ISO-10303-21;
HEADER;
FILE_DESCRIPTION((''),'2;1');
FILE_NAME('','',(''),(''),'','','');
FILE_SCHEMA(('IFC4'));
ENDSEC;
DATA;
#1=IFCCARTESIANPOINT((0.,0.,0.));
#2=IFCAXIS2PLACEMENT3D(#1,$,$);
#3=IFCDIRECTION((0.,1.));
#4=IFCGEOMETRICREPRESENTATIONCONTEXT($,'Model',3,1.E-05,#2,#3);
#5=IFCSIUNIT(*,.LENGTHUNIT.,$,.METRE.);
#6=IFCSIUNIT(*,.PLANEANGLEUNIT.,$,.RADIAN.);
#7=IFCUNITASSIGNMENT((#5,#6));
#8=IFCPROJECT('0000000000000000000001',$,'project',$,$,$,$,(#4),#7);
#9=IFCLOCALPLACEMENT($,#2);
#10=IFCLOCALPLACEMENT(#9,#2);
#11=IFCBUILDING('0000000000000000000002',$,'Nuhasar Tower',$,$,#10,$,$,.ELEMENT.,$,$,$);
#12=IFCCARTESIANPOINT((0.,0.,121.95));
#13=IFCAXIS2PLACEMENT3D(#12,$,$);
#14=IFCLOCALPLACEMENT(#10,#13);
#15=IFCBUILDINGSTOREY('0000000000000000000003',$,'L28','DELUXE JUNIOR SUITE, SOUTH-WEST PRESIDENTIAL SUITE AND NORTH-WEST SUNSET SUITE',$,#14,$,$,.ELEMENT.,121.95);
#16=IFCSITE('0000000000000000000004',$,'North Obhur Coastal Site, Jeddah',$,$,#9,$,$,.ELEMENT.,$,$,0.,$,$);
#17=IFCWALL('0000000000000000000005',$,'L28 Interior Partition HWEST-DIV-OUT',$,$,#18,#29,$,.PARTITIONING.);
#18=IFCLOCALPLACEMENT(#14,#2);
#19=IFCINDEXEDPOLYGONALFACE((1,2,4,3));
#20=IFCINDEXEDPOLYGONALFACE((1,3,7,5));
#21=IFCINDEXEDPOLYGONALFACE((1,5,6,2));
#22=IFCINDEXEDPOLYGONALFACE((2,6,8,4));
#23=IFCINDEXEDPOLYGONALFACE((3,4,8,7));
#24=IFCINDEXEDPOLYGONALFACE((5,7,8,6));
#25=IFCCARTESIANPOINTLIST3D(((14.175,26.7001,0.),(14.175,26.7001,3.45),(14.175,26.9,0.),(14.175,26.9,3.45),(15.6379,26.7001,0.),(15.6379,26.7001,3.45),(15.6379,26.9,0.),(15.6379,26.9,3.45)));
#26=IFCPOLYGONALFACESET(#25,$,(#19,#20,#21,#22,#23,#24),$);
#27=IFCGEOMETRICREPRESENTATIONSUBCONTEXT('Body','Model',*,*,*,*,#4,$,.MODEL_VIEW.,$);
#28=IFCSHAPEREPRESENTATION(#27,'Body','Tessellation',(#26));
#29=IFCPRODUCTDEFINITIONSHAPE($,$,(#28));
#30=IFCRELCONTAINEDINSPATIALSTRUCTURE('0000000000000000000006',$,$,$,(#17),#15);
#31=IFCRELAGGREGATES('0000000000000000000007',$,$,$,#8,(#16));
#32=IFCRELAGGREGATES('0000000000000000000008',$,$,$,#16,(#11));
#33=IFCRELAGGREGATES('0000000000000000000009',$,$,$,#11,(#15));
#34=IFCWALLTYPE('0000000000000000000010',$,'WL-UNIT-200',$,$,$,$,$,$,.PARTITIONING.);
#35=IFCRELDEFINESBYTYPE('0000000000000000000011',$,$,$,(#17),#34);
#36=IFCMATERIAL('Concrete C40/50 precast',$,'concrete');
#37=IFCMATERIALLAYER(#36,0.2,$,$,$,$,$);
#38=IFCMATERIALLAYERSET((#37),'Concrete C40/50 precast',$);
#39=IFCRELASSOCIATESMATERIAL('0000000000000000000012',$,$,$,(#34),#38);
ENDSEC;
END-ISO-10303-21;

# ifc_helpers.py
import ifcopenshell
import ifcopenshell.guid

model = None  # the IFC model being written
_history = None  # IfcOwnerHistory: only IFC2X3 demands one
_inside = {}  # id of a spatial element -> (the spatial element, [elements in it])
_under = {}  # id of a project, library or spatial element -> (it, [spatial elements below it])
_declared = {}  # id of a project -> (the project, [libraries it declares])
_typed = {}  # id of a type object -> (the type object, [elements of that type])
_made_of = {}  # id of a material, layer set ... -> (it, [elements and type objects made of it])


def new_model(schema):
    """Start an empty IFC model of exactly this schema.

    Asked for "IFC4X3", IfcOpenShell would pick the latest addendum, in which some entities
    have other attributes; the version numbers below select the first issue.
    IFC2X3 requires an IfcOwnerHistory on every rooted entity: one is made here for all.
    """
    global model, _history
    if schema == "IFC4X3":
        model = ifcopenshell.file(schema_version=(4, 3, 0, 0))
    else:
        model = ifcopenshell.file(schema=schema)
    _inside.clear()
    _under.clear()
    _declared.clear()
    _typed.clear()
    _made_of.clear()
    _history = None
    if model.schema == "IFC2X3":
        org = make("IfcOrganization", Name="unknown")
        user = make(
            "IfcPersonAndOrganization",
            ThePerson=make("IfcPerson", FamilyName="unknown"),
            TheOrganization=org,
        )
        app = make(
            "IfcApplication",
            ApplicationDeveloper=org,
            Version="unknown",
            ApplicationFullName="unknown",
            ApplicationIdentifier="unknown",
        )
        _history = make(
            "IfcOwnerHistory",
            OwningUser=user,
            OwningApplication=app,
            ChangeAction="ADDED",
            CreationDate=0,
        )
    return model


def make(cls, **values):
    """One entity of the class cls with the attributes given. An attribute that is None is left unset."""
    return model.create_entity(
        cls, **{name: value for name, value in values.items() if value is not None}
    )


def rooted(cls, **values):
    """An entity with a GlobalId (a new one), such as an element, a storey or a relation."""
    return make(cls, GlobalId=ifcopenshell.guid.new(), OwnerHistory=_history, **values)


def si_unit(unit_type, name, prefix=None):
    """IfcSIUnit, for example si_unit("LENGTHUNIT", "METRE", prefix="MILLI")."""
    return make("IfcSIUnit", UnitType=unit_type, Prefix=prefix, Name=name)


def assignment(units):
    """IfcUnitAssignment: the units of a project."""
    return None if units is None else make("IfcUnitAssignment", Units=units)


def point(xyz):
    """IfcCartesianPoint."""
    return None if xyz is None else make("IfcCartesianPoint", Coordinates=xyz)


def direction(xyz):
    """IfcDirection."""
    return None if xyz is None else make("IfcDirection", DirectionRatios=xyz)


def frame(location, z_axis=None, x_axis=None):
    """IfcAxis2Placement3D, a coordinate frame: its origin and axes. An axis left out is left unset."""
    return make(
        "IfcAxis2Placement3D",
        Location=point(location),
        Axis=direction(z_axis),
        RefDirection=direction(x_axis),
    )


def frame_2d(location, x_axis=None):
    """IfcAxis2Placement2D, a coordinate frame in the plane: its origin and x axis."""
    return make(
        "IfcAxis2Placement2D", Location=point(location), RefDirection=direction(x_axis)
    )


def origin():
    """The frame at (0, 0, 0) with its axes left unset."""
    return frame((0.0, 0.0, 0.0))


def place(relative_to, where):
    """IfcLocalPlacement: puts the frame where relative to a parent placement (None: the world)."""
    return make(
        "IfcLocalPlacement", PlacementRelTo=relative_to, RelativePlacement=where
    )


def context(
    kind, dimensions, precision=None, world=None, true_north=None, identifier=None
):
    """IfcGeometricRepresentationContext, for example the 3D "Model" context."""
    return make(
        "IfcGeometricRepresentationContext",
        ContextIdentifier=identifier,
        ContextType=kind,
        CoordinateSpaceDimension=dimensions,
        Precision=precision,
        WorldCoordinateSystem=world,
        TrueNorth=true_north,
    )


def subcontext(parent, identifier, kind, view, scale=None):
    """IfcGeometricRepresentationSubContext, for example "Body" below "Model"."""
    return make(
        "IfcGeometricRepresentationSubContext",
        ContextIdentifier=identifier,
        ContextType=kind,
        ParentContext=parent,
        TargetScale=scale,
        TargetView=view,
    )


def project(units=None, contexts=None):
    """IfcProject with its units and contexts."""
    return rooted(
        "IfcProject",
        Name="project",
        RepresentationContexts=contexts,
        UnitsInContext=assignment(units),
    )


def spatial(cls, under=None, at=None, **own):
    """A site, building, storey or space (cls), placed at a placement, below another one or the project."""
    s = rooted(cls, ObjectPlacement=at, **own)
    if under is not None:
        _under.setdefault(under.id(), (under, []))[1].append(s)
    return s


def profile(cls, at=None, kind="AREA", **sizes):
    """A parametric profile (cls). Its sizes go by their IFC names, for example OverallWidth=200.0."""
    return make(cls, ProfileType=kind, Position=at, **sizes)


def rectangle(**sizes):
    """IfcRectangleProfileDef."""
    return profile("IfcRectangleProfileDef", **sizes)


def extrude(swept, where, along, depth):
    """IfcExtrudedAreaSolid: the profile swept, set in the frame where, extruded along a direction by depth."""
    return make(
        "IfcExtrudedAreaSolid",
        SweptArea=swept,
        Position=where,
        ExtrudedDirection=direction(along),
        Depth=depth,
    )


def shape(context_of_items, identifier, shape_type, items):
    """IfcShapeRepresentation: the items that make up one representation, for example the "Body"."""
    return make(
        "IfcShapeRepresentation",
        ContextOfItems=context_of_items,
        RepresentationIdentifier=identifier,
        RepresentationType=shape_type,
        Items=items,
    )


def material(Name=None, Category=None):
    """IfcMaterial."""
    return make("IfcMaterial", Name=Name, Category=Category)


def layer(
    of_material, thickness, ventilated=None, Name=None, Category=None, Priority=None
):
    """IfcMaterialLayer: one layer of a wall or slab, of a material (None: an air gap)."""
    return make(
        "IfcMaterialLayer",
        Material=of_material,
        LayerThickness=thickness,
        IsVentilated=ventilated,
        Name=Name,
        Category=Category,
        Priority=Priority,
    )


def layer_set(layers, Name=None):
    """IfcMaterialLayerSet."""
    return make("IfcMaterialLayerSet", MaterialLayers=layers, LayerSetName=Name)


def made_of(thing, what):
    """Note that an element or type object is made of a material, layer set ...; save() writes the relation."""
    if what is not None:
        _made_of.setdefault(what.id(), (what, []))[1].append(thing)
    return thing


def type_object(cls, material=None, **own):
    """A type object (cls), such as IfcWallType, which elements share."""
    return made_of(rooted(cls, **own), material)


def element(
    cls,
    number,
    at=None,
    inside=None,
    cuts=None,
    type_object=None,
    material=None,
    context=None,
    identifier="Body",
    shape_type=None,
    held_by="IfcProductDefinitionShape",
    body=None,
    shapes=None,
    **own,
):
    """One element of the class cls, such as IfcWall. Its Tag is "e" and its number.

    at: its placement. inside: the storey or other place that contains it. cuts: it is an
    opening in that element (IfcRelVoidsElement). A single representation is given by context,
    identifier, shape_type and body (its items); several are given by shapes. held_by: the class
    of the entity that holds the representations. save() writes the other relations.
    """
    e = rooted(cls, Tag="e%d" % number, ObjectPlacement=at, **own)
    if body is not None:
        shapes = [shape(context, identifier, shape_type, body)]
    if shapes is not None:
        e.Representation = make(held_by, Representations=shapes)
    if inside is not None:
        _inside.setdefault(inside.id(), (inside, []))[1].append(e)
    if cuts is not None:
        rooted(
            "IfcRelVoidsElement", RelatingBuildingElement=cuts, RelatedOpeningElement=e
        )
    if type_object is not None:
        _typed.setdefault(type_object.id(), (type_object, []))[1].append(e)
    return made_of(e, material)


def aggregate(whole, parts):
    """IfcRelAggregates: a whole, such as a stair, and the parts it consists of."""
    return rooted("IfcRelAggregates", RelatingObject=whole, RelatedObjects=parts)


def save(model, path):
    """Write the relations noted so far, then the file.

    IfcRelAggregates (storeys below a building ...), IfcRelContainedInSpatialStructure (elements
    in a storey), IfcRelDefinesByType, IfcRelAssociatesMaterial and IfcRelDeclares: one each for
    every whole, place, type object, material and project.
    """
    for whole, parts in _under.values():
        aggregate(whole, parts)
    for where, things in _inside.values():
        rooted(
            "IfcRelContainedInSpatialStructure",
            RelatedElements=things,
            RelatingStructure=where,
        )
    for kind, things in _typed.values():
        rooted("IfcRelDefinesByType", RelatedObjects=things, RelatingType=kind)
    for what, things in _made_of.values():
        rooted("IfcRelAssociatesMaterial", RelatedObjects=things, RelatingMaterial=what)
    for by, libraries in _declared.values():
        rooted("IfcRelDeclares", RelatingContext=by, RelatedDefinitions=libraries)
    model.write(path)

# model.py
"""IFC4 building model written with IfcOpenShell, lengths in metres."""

from ifc_helpers import new_model, si_unit, direction, frame, frame_2d, origin, place, context, subcontext, project, spatial, rectangle, extrude, material, layer, layer_set, type_object, element, save


model = new_model("IFC4")

# Units and contexts
model_context = context("Model", 3, precision=1e-05, world=origin(), true_north=direction((0.0, 1.0)))
body_context = subcontext(model_context, "Body", "Model", "MODEL_VIEW")
ifc_project = project(units=[si_unit("LENGTHUNIT", "METRE"), si_unit("PLANEANGLEUNIT", "RADIAN")], contexts=[model_context])

# Site, building, storey
site_placement = place(None, origin())
site = spatial("IfcSite", under=ifc_project, at=site_placement, Name="North Obhur Coastal Site, Jeddah", CompositionType="ELEMENT", RefElevation=0.0)
building_placement = place(site_placement, origin())
building = spatial("IfcBuilding", under=site, at=building_placement, Name="Nuhasar Tower", CompositionType="ELEMENT")
storey_placement = place(building_placement, frame((0.0, 0.0, 121.95)))
storey = spatial("IfcBuildingStorey", under=building, at=storey_placement, Name="L28", Description="DELUXE JUNIOR SUITE, SOUTH-WEST PRESIDENTIAL SUITE AND NORTH-WEST SUNSET SUITE", CompositionType="ELEMENT", Elevation=121.95)

# Wall
ifc_material_1 = material(Name="Concrete C40/50 precast", Category="concrete")
ifc_layer_1 = layer(ifc_material_1, 0.2)
ifc_layer_set_1 = layer_set([ifc_layer_1], Name="Concrete C40/50 precast")
wall_type = type_object("IfcWallType", Name="WL-UNIT-200", PredefinedType="PARTITIONING", material=ifc_layer_set_1)
wall_1_placement = place(storey_placement, frame((15.6379, 26.8, 0.0), z_axis=(0.0, 0.0, 1.0), x_axis=(-1.0, 0.0, 0.0)))
element("IfcWall", 1, at=wall_1_placement, inside=storey, type_object=wall_type, Name="L28 Interior Partition HWEST-DIV-OUT", PredefinedType="PARTITIONING", context=body_context, shape_type="SweptSolid", body=[
    extrude(rectangle(XDim=1.4629, YDim=0.2, at=frame_2d((0.7314, 0.0))), origin(), (0.0, 0.0, 1.0), 3.45),
])

save(model, "model.ifc")
